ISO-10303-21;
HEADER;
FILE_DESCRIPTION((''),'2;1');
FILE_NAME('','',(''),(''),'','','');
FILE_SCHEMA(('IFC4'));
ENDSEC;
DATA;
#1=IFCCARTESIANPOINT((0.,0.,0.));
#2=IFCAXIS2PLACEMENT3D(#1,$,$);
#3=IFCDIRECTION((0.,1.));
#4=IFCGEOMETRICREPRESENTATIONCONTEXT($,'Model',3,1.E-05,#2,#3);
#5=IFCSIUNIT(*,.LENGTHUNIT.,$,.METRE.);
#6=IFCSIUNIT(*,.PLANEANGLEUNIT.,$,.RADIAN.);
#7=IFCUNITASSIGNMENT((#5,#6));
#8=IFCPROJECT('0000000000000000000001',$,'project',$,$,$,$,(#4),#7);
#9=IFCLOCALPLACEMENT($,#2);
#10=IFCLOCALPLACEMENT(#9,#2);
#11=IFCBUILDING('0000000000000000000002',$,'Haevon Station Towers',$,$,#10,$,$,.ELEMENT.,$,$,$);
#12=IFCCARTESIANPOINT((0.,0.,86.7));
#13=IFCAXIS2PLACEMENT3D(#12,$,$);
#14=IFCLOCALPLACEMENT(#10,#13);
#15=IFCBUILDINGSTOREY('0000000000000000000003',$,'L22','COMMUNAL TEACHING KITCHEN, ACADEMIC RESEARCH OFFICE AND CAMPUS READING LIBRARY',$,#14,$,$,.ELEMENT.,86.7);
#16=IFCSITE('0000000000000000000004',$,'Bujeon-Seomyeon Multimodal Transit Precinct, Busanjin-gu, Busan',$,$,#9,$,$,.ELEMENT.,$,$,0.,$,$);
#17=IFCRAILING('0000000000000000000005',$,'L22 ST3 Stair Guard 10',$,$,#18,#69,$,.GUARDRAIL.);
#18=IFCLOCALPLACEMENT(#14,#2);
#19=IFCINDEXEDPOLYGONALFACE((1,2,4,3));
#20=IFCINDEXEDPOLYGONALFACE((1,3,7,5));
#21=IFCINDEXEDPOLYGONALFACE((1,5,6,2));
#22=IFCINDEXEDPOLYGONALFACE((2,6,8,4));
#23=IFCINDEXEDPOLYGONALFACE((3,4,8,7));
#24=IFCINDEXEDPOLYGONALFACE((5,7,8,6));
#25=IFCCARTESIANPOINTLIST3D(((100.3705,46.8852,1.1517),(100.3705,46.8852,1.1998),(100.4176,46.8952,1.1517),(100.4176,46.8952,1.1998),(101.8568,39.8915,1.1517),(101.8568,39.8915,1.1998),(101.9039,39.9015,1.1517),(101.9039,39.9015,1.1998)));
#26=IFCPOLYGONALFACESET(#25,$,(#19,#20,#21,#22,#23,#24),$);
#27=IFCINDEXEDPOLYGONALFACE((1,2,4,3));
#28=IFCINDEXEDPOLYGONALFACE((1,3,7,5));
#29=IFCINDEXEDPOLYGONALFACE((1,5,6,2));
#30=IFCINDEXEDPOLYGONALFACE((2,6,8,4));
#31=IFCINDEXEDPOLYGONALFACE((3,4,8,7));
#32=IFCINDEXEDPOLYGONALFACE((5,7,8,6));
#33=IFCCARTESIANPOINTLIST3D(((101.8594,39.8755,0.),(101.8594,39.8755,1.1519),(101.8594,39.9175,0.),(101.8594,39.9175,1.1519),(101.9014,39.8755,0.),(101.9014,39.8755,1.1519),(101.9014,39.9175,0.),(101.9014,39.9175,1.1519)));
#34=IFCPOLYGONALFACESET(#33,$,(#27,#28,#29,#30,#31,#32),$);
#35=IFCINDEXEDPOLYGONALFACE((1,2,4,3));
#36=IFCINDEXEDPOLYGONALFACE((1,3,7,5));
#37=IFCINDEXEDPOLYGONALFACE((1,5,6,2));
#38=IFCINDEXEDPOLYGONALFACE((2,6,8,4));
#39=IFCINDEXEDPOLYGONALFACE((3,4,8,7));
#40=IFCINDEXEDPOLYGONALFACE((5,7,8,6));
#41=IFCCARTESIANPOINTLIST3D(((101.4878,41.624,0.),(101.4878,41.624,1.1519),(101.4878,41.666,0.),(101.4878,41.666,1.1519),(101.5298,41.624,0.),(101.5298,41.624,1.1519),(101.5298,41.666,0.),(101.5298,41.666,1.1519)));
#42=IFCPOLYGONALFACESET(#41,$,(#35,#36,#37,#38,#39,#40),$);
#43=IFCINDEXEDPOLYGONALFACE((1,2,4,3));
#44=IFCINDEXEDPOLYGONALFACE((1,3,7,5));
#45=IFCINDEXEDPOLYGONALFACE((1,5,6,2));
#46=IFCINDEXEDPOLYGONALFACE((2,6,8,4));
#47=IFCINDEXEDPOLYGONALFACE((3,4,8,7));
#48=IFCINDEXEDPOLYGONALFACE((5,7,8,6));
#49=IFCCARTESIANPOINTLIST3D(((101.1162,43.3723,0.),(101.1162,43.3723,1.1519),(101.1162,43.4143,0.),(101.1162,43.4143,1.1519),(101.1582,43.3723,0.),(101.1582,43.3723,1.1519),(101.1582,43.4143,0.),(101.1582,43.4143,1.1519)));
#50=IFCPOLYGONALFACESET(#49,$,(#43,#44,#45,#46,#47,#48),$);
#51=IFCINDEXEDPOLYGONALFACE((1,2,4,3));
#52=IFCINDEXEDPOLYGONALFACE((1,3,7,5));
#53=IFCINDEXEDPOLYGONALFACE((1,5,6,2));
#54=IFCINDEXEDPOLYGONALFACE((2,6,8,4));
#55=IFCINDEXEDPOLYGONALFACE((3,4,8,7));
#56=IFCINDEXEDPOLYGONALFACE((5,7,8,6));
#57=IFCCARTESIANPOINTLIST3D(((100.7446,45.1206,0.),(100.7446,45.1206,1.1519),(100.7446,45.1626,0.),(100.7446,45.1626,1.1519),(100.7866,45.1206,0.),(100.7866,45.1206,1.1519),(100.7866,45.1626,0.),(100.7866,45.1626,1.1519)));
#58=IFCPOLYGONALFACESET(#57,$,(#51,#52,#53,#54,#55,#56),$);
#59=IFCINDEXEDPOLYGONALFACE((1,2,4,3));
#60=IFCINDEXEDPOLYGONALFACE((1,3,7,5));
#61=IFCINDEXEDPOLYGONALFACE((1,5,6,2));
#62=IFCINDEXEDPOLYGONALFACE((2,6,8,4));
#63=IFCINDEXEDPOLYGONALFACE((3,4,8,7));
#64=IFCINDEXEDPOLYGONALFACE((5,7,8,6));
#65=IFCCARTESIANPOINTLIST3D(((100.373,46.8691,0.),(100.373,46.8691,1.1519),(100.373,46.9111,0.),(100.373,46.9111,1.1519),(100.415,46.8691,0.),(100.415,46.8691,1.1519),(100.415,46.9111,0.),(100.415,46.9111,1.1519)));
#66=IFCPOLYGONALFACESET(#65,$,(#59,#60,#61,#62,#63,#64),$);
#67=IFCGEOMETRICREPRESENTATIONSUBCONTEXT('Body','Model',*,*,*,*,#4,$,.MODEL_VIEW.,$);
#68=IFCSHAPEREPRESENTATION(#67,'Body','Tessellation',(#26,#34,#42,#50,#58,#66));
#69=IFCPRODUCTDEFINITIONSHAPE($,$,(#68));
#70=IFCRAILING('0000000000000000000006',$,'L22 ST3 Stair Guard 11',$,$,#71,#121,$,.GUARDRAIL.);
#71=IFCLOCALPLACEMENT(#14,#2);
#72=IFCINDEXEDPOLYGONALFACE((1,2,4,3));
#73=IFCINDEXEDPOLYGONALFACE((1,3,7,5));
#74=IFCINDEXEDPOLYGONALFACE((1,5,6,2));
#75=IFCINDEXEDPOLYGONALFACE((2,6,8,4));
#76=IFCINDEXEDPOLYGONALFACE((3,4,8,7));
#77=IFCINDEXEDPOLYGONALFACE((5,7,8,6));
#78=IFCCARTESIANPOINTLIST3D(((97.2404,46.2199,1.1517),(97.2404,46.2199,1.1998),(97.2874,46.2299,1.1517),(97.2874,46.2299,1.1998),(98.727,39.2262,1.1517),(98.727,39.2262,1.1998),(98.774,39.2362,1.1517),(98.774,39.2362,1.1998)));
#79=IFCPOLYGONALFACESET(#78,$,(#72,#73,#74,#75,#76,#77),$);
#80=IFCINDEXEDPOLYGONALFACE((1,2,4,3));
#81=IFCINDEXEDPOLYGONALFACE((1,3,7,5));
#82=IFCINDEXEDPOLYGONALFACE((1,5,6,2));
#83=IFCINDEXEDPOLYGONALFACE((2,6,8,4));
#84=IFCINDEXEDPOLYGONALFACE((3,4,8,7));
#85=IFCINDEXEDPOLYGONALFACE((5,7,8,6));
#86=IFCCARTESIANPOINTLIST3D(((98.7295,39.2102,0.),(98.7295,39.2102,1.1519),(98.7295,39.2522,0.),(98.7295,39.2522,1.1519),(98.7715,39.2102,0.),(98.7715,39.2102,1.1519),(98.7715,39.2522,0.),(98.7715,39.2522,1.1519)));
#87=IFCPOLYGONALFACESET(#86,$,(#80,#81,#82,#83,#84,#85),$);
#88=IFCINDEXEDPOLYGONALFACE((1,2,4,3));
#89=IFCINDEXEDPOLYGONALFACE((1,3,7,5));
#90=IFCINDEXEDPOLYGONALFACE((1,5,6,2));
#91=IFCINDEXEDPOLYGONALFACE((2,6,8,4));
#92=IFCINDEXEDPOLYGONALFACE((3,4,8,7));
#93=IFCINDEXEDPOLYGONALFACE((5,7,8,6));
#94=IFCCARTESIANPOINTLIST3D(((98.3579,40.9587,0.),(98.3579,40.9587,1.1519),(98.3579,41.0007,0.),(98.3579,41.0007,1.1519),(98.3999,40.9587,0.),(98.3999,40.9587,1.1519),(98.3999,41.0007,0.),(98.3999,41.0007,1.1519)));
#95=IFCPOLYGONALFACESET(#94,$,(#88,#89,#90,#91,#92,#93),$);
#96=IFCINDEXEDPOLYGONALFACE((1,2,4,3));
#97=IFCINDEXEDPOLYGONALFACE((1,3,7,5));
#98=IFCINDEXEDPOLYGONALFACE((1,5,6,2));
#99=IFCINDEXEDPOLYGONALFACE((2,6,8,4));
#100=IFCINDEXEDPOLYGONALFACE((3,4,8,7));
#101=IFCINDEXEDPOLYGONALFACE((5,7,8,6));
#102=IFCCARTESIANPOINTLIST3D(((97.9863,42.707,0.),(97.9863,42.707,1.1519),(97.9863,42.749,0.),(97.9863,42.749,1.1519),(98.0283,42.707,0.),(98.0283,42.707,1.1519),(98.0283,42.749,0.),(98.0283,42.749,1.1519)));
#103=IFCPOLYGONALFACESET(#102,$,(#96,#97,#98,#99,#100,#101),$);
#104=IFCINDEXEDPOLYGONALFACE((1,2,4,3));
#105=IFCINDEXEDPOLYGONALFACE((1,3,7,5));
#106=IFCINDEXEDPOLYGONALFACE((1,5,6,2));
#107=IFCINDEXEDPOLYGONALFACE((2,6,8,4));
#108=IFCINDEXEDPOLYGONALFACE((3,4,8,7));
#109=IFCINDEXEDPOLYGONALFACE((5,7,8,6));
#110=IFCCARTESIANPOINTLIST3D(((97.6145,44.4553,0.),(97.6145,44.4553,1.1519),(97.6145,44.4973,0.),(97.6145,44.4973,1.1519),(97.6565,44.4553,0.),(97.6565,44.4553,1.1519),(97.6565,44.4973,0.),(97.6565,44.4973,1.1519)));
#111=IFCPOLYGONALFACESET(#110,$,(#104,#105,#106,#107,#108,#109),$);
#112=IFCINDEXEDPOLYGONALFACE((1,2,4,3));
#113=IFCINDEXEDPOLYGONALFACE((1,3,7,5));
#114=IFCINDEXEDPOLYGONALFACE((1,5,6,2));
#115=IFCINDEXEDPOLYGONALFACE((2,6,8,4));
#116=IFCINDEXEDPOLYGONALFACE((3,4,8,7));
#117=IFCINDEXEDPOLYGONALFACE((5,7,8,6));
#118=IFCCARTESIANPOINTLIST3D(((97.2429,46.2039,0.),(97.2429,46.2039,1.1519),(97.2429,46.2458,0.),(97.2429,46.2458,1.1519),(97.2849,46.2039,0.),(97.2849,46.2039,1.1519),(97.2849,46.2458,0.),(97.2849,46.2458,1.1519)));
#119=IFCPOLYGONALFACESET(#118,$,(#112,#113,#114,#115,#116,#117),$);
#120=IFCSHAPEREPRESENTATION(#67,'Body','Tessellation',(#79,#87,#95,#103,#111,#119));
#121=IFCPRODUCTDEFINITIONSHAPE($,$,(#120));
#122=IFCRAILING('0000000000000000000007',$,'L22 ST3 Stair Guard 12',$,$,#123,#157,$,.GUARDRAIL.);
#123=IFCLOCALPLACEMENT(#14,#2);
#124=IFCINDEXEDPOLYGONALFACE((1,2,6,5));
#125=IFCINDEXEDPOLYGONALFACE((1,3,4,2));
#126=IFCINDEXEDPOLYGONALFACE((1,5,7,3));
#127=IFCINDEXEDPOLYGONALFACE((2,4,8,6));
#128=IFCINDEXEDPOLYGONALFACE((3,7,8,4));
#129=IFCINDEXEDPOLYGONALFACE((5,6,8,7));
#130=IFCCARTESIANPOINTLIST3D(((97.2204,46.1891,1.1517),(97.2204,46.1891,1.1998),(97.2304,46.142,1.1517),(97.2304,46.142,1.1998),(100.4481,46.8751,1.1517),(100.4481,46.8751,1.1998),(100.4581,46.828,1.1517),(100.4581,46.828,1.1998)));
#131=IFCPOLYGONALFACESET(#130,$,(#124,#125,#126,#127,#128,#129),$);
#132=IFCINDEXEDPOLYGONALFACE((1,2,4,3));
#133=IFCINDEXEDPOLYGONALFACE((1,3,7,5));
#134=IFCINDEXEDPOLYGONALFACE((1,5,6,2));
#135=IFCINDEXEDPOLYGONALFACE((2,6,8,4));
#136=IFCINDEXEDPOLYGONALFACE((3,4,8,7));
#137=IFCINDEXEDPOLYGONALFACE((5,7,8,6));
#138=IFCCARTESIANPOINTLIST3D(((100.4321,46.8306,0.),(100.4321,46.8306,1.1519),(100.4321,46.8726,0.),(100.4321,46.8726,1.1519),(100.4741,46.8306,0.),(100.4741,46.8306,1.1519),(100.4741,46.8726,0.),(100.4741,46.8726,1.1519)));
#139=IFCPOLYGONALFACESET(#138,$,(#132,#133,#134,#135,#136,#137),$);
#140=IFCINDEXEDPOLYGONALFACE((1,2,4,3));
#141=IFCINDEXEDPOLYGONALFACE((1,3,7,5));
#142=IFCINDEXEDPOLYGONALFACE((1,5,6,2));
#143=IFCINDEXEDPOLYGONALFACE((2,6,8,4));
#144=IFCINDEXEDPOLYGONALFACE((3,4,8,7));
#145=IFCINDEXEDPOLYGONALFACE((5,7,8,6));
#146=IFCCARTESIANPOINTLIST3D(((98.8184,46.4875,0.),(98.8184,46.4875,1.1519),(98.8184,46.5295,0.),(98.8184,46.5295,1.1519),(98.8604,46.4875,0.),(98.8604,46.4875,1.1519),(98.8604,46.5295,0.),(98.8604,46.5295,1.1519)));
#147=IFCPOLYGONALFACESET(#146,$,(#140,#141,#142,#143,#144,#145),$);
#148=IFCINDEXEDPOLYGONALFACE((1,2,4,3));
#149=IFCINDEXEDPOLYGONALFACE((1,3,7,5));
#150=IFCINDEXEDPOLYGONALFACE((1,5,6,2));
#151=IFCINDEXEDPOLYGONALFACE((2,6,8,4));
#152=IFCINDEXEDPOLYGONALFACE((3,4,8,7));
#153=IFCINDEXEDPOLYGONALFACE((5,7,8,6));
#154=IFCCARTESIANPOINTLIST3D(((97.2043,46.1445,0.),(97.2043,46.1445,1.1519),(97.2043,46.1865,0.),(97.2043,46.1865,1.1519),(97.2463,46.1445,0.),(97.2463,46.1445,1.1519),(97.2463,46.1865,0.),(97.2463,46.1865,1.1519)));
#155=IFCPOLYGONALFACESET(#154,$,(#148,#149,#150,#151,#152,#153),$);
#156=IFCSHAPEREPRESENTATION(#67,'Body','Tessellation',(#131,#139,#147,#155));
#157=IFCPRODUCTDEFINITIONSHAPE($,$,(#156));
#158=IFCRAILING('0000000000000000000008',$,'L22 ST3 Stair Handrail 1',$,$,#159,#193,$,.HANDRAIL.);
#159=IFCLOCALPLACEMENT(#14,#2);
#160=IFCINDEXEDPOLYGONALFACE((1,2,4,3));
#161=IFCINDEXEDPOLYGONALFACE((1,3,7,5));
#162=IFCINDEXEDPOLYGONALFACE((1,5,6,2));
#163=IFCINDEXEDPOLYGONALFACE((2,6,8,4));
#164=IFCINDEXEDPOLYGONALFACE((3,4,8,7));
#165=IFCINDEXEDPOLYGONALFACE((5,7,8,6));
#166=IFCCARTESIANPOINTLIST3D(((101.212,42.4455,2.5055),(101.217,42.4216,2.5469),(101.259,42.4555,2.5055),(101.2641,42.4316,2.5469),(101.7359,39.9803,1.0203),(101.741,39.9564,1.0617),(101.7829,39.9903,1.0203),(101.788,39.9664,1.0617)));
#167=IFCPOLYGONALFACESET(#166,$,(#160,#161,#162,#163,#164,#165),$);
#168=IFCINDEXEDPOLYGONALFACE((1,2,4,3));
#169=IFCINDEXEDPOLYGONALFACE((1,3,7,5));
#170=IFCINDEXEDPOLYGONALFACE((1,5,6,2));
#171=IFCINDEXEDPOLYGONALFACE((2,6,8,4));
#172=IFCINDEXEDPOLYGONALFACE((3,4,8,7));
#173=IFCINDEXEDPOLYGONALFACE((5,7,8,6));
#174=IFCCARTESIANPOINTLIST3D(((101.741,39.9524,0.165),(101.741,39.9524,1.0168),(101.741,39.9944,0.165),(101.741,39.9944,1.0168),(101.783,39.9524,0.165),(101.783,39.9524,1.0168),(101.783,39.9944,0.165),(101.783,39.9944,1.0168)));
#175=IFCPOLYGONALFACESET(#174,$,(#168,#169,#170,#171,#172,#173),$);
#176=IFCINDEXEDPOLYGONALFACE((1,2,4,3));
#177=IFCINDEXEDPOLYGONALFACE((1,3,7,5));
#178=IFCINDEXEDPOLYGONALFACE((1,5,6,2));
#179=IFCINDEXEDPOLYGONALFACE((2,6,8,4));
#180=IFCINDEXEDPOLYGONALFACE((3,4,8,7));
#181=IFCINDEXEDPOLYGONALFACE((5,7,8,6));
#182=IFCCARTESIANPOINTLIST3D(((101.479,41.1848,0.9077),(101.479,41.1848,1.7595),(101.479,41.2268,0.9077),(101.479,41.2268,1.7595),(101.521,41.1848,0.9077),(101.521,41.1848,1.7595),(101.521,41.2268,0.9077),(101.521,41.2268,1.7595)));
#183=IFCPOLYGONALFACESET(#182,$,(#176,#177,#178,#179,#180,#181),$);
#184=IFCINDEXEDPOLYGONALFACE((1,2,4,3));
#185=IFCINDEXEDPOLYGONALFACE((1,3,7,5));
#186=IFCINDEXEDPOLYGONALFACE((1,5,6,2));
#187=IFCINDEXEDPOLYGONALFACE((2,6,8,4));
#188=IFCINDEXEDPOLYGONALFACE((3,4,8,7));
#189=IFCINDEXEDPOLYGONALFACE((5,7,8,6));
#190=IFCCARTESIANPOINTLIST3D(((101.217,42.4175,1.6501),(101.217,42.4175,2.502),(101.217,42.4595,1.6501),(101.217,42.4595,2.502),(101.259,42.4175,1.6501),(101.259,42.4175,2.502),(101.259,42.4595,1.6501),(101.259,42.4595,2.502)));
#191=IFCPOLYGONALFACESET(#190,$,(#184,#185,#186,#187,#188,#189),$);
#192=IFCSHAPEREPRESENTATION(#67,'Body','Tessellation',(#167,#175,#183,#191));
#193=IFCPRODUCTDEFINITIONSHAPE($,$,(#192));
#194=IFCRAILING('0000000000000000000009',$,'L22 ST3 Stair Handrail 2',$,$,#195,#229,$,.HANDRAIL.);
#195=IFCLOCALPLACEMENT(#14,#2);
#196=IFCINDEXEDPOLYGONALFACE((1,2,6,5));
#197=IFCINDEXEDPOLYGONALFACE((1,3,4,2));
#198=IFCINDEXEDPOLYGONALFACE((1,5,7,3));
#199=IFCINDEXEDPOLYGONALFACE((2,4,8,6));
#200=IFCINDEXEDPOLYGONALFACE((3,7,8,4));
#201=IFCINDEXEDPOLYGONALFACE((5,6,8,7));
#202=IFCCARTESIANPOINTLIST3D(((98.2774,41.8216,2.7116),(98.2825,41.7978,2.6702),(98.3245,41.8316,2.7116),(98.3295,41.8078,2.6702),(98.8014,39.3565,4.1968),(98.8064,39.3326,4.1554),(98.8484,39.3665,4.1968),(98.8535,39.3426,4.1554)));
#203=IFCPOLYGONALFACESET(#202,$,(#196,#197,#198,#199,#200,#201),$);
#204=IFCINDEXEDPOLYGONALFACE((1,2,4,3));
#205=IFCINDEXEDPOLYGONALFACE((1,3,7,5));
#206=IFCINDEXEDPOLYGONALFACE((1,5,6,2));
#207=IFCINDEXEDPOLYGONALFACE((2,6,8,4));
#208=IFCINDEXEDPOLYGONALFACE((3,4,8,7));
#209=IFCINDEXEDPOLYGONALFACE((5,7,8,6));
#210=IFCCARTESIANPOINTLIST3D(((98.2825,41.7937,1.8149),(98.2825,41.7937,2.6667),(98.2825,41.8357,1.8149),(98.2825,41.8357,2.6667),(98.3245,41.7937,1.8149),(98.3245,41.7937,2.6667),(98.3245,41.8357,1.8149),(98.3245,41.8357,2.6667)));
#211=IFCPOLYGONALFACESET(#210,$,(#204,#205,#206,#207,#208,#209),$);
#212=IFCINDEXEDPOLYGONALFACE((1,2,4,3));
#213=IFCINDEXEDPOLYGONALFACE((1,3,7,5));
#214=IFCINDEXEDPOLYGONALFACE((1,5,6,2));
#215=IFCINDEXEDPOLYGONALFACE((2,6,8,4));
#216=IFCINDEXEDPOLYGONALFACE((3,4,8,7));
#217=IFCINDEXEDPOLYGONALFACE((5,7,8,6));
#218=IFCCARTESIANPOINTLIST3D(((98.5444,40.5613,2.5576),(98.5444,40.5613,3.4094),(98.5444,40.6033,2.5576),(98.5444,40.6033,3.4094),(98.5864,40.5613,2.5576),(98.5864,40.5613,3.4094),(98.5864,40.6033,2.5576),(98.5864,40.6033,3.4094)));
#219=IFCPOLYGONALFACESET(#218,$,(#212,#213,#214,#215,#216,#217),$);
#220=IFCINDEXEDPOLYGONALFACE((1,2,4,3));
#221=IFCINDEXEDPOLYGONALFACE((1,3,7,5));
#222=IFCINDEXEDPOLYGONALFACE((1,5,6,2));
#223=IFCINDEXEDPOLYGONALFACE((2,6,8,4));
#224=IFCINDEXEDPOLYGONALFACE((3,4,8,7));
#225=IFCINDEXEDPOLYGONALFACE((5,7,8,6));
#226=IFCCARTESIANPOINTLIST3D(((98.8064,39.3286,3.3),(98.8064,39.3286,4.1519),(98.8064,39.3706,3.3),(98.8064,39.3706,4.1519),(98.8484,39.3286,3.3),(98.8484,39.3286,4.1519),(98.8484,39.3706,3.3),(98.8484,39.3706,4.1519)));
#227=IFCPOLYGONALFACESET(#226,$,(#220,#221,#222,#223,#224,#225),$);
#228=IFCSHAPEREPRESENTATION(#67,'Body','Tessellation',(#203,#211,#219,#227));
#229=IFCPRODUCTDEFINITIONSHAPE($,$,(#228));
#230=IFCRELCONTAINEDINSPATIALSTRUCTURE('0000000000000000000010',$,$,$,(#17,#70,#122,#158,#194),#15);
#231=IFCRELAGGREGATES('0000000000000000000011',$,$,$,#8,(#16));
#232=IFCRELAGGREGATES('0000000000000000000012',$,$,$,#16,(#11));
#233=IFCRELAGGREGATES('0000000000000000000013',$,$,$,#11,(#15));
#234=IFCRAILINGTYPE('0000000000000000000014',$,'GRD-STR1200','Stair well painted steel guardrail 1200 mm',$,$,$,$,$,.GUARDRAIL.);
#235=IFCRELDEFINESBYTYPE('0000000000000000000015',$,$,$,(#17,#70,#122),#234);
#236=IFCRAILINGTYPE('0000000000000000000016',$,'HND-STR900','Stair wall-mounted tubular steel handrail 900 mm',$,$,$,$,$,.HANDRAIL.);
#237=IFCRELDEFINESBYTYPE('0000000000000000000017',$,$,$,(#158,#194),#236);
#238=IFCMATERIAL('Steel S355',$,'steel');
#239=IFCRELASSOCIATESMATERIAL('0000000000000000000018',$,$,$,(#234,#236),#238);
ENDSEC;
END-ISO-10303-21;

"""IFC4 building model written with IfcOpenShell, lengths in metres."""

from ifc_helpers import new_model, si_unit, direction, frame, origin, origin_2d, place, context, subcontext, project, spatial, rectangle, extrude, material, type_object, element, save


model = new_model("IFC4")

# Units and contexts
model_context = context("Model", 3, precision=1e-05, world=origin(), true_north=direction((0.0, 1.0)))
body_context = subcontext(model_context, "Body", "Model", "MODEL_VIEW")
ifc_project = project(units=[si_unit("LENGTHUNIT", "METRE"), si_unit("PLANEANGLEUNIT", "RADIAN")], contexts=[model_context])

# Site, building, storey
site_placement = place(None, origin())
site = spatial("IfcSite", under=ifc_project, at=site_placement, Name="Bujeon-Seomyeon Multimodal Transit Precinct, Busanjin-gu, Busan", CompositionType="ELEMENT", RefElevation=0.0)
building_placement = place(site_placement, origin())
building = spatial("IfcBuilding", under=site, at=building_placement, Name="Haevon Station Towers", CompositionType="ELEMENT")
storey_placement = place(building_placement, frame((0.0, 0.0, 86.7)))
storey = spatial("IfcBuildingStorey", under=building, at=storey_placement, Name="L22", Description="COMMUNAL TEACHING KITCHEN, ACADEMIC RESEARCH OFFICE AND CAMPUS READING LIBRARY", CompositionType="ELEMENT", Elevation=86.7)

# Shared definitions
ifc_material_1 = material(Name="Steel S355", Category="steel")

# Railings
railing_type_1 = type_object("IfcRailingType", Name="GRD-STR1200", Description="Stair well painted steel guardrail 1200 mm", PredefinedType="GUARDRAIL", material=ifc_material_1)
railing_1_placement = place(storey_placement, frame((101.8804, 39.8965, 0.0)))
element("IfcRailing", 1, at=railing_1_placement, inside=storey, type_object=railing_type_1, Name="L22 ST3 Stair Guard 10", PredefinedType="GUARDRAIL", context=body_context, shape_type="SweptSolid", body=[
    extrude(rectangle(XDim=0.0481, YDim=0.0481, at=origin_2d()), frame((0.0, 0.0, 1.1758), z_axis=(-0.207882, 0.978154, 0.0), x_axis=(-0.978154, -0.207882, 0.0)), (0.0, 0.0, 1.0), 7.1499),
    extrude(rectangle(XDim=0.042, YDim=0.042, at=origin_2d()), origin(), (0.0, 0.0, 1.0), 1.1519),
    extrude(rectangle(XDim=0.042, YDim=0.042, at=origin_2d()), frame((-0.3716, 1.7485, 0.0)), (0.0, 0.0, 1.0), 1.1519),
    extrude(rectangle(XDim=0.042, YDim=0.042, at=origin_2d()), frame((-0.7432, 3.4968, 0.0)), (0.0, 0.0, 1.0), 1.1519),
    extrude(rectangle(XDim=0.042, YDim=0.042, at=origin_2d()), frame((-1.1147, 5.2451, 0.0)), (0.0, 0.0, 1.0), 1.1519),
    extrude(rectangle(XDim=0.042, YDim=0.042, at=origin_2d()), frame((-1.4863, 6.9937, 0.0)), (0.0, 0.0, 1.0), 1.1519),
])
railing_2_placement = place(storey_placement, frame((98.7505, 39.2312, 0.0)))
element("IfcRailing", 2, at=railing_2_placement, inside=storey, type_object=railing_type_1, Name="L22 ST3 Stair Guard 11", PredefinedType="GUARDRAIL", context=body_context, shape_type="SweptSolid", body=[
    extrude(rectangle(XDim=0.0481, YDim=0.0481, at=origin_2d()), frame((0.0, 0.0, 1.1758), z_axis=(-0.207915, 0.978147, 0.0), x_axis=(-0.978147, -0.207915, 0.0)), (0.0, 0.0, 1.0), 7.1499),
    extrude(rectangle(XDim=0.042, YDim=0.042, at=origin_2d()), origin(), (0.0, 0.0, 1.0), 1.1519),
    extrude(rectangle(XDim=0.042, YDim=0.042, at=origin_2d()), frame((-0.3716, 1.7485, 0.0)), (0.0, 0.0, 1.0), 1.1519),
    extrude(rectangle(XDim=0.042, YDim=0.042, at=origin_2d()), frame((-0.7432, 3.4968, 0.0)), (0.0, 0.0, 1.0), 1.1519),
    extrude(rectangle(XDim=0.042, YDim=0.042, at=origin_2d()), frame((-1.115, 5.2451, 0.0)), (0.0, 0.0, 1.0), 1.1519),
    extrude(rectangle(XDim=0.042, YDim=0.042, at=origin_2d()), frame((-1.4866, 6.9937, 0.0)), (0.0, 0.0, 1.0), 1.1519),
])
railing_3_placement = place(storey_placement, frame((100.4531, 46.8516, 0.0)))
element("IfcRailing", 3, at=railing_3_placement, inside=storey, type_object=railing_type_1, Name="L22 ST3 Stair Guard 12", PredefinedType="GUARDRAIL", context=body_context, shape_type="SweptSolid", body=[
    extrude(rectangle(XDim=0.0481, YDim=0.0481, at=origin_2d()), frame((0.0, 0.0, 1.1758), z_axis=(-0.978151, -0.207897, 0.0), x_axis=(0.207897, -0.978151, 0.0)), (0.0, 0.0, 1.0), 3.2998),
    extrude(rectangle(XDim=0.042, YDim=0.042, at=origin_2d()), origin(), (0.0, 0.0, 1.0), 1.1519),
    extrude(rectangle(XDim=0.042, YDim=0.042, at=origin_2d()), frame((-1.6138, -0.343, 0.0)), (0.0, 0.0, 1.0), 1.1519),
    extrude(rectangle(XDim=0.042, YDim=0.042, at=origin_2d()), frame((-3.2278, -0.686, 0.0)), (0.0, 0.0, 1.0), 1.1519),
])
railing_type_2 = type_object("IfcRailingType", Name="HND-STR900", Description="Stair wall-mounted tubular steel handrail 900 mm", PredefinedType="HANDRAIL", material=ifc_material_1)
railing_4_placement = place(storey_placement, frame((101.762, 39.9734, 0.165)))
element("IfcRailing", 4, at=railing_4_placement, inside=storey, type_object=railing_type_2, Name="L22 ST3 Stair Handrail 1", PredefinedType="HANDRAIL", context=body_context, shape_type="SweptSolid", body=[
    extrude(rectangle(XDim=0.0481, YDim=0.0481, at=origin_2d()), frame((0.0, 0.0, 0.876), z_axis=(-0.179109, 0.842712, 0.507697), x_axis=(-0.978151, -0.207895, 0.0)), (0.0, 0.0, 1.0), 2.9253),
    extrude(rectangle(XDim=0.042, YDim=0.042, at=origin_2d()), origin(), (0.0, 0.0, 1.0), 0.8518),
    extrude(rectangle(XDim=0.042, YDim=0.042, at=origin_2d()), frame((-0.262, 1.2324, 0.7427)), (0.0, 0.0, 1.0), 0.8518),
    extrude(rectangle(XDim=0.042, YDim=0.042, at=origin_2d()), frame((-0.5239, 2.4651, 1.4851)), (0.0, 0.0, 1.0), 0.8518),
])
railing_5_placement = place(storey_placement, frame((98.3035, 41.8147, 1.8149)))
element("IfcRailing", 5, at=railing_5_placement, inside=storey, type_object=railing_type_2, Name="L22 ST3 Stair Handrail 2", PredefinedType="HANDRAIL", context=body_context, shape_type="SweptSolid", body=[
    extrude(rectangle(XDim=0.0481, YDim=0.0481, at=origin_2d()), frame((0.0, 0.0, 0.876), z_axis=(0.179109, -0.842712, 0.507697), x_axis=(0.978151, 0.207895, 0.0)), (0.0, 0.0, 1.0), 2.9253),
    extrude(rectangle(XDim=0.042, YDim=0.042, at=origin_2d()), origin(), (0.0, 0.0, 1.0), 0.8518),
    extrude(rectangle(XDim=0.042, YDim=0.042, at=origin_2d()), frame((0.262, -1.2324, 0.7427)), (0.0, 0.0, 1.0), 0.8518),
    extrude(rectangle(XDim=0.042, YDim=0.042, at=origin_2d()), frame((0.5239, -2.4651, 1.4851)), (0.0, 0.0, 1.0), 0.8518),
])

save(model, "model.ifc")
